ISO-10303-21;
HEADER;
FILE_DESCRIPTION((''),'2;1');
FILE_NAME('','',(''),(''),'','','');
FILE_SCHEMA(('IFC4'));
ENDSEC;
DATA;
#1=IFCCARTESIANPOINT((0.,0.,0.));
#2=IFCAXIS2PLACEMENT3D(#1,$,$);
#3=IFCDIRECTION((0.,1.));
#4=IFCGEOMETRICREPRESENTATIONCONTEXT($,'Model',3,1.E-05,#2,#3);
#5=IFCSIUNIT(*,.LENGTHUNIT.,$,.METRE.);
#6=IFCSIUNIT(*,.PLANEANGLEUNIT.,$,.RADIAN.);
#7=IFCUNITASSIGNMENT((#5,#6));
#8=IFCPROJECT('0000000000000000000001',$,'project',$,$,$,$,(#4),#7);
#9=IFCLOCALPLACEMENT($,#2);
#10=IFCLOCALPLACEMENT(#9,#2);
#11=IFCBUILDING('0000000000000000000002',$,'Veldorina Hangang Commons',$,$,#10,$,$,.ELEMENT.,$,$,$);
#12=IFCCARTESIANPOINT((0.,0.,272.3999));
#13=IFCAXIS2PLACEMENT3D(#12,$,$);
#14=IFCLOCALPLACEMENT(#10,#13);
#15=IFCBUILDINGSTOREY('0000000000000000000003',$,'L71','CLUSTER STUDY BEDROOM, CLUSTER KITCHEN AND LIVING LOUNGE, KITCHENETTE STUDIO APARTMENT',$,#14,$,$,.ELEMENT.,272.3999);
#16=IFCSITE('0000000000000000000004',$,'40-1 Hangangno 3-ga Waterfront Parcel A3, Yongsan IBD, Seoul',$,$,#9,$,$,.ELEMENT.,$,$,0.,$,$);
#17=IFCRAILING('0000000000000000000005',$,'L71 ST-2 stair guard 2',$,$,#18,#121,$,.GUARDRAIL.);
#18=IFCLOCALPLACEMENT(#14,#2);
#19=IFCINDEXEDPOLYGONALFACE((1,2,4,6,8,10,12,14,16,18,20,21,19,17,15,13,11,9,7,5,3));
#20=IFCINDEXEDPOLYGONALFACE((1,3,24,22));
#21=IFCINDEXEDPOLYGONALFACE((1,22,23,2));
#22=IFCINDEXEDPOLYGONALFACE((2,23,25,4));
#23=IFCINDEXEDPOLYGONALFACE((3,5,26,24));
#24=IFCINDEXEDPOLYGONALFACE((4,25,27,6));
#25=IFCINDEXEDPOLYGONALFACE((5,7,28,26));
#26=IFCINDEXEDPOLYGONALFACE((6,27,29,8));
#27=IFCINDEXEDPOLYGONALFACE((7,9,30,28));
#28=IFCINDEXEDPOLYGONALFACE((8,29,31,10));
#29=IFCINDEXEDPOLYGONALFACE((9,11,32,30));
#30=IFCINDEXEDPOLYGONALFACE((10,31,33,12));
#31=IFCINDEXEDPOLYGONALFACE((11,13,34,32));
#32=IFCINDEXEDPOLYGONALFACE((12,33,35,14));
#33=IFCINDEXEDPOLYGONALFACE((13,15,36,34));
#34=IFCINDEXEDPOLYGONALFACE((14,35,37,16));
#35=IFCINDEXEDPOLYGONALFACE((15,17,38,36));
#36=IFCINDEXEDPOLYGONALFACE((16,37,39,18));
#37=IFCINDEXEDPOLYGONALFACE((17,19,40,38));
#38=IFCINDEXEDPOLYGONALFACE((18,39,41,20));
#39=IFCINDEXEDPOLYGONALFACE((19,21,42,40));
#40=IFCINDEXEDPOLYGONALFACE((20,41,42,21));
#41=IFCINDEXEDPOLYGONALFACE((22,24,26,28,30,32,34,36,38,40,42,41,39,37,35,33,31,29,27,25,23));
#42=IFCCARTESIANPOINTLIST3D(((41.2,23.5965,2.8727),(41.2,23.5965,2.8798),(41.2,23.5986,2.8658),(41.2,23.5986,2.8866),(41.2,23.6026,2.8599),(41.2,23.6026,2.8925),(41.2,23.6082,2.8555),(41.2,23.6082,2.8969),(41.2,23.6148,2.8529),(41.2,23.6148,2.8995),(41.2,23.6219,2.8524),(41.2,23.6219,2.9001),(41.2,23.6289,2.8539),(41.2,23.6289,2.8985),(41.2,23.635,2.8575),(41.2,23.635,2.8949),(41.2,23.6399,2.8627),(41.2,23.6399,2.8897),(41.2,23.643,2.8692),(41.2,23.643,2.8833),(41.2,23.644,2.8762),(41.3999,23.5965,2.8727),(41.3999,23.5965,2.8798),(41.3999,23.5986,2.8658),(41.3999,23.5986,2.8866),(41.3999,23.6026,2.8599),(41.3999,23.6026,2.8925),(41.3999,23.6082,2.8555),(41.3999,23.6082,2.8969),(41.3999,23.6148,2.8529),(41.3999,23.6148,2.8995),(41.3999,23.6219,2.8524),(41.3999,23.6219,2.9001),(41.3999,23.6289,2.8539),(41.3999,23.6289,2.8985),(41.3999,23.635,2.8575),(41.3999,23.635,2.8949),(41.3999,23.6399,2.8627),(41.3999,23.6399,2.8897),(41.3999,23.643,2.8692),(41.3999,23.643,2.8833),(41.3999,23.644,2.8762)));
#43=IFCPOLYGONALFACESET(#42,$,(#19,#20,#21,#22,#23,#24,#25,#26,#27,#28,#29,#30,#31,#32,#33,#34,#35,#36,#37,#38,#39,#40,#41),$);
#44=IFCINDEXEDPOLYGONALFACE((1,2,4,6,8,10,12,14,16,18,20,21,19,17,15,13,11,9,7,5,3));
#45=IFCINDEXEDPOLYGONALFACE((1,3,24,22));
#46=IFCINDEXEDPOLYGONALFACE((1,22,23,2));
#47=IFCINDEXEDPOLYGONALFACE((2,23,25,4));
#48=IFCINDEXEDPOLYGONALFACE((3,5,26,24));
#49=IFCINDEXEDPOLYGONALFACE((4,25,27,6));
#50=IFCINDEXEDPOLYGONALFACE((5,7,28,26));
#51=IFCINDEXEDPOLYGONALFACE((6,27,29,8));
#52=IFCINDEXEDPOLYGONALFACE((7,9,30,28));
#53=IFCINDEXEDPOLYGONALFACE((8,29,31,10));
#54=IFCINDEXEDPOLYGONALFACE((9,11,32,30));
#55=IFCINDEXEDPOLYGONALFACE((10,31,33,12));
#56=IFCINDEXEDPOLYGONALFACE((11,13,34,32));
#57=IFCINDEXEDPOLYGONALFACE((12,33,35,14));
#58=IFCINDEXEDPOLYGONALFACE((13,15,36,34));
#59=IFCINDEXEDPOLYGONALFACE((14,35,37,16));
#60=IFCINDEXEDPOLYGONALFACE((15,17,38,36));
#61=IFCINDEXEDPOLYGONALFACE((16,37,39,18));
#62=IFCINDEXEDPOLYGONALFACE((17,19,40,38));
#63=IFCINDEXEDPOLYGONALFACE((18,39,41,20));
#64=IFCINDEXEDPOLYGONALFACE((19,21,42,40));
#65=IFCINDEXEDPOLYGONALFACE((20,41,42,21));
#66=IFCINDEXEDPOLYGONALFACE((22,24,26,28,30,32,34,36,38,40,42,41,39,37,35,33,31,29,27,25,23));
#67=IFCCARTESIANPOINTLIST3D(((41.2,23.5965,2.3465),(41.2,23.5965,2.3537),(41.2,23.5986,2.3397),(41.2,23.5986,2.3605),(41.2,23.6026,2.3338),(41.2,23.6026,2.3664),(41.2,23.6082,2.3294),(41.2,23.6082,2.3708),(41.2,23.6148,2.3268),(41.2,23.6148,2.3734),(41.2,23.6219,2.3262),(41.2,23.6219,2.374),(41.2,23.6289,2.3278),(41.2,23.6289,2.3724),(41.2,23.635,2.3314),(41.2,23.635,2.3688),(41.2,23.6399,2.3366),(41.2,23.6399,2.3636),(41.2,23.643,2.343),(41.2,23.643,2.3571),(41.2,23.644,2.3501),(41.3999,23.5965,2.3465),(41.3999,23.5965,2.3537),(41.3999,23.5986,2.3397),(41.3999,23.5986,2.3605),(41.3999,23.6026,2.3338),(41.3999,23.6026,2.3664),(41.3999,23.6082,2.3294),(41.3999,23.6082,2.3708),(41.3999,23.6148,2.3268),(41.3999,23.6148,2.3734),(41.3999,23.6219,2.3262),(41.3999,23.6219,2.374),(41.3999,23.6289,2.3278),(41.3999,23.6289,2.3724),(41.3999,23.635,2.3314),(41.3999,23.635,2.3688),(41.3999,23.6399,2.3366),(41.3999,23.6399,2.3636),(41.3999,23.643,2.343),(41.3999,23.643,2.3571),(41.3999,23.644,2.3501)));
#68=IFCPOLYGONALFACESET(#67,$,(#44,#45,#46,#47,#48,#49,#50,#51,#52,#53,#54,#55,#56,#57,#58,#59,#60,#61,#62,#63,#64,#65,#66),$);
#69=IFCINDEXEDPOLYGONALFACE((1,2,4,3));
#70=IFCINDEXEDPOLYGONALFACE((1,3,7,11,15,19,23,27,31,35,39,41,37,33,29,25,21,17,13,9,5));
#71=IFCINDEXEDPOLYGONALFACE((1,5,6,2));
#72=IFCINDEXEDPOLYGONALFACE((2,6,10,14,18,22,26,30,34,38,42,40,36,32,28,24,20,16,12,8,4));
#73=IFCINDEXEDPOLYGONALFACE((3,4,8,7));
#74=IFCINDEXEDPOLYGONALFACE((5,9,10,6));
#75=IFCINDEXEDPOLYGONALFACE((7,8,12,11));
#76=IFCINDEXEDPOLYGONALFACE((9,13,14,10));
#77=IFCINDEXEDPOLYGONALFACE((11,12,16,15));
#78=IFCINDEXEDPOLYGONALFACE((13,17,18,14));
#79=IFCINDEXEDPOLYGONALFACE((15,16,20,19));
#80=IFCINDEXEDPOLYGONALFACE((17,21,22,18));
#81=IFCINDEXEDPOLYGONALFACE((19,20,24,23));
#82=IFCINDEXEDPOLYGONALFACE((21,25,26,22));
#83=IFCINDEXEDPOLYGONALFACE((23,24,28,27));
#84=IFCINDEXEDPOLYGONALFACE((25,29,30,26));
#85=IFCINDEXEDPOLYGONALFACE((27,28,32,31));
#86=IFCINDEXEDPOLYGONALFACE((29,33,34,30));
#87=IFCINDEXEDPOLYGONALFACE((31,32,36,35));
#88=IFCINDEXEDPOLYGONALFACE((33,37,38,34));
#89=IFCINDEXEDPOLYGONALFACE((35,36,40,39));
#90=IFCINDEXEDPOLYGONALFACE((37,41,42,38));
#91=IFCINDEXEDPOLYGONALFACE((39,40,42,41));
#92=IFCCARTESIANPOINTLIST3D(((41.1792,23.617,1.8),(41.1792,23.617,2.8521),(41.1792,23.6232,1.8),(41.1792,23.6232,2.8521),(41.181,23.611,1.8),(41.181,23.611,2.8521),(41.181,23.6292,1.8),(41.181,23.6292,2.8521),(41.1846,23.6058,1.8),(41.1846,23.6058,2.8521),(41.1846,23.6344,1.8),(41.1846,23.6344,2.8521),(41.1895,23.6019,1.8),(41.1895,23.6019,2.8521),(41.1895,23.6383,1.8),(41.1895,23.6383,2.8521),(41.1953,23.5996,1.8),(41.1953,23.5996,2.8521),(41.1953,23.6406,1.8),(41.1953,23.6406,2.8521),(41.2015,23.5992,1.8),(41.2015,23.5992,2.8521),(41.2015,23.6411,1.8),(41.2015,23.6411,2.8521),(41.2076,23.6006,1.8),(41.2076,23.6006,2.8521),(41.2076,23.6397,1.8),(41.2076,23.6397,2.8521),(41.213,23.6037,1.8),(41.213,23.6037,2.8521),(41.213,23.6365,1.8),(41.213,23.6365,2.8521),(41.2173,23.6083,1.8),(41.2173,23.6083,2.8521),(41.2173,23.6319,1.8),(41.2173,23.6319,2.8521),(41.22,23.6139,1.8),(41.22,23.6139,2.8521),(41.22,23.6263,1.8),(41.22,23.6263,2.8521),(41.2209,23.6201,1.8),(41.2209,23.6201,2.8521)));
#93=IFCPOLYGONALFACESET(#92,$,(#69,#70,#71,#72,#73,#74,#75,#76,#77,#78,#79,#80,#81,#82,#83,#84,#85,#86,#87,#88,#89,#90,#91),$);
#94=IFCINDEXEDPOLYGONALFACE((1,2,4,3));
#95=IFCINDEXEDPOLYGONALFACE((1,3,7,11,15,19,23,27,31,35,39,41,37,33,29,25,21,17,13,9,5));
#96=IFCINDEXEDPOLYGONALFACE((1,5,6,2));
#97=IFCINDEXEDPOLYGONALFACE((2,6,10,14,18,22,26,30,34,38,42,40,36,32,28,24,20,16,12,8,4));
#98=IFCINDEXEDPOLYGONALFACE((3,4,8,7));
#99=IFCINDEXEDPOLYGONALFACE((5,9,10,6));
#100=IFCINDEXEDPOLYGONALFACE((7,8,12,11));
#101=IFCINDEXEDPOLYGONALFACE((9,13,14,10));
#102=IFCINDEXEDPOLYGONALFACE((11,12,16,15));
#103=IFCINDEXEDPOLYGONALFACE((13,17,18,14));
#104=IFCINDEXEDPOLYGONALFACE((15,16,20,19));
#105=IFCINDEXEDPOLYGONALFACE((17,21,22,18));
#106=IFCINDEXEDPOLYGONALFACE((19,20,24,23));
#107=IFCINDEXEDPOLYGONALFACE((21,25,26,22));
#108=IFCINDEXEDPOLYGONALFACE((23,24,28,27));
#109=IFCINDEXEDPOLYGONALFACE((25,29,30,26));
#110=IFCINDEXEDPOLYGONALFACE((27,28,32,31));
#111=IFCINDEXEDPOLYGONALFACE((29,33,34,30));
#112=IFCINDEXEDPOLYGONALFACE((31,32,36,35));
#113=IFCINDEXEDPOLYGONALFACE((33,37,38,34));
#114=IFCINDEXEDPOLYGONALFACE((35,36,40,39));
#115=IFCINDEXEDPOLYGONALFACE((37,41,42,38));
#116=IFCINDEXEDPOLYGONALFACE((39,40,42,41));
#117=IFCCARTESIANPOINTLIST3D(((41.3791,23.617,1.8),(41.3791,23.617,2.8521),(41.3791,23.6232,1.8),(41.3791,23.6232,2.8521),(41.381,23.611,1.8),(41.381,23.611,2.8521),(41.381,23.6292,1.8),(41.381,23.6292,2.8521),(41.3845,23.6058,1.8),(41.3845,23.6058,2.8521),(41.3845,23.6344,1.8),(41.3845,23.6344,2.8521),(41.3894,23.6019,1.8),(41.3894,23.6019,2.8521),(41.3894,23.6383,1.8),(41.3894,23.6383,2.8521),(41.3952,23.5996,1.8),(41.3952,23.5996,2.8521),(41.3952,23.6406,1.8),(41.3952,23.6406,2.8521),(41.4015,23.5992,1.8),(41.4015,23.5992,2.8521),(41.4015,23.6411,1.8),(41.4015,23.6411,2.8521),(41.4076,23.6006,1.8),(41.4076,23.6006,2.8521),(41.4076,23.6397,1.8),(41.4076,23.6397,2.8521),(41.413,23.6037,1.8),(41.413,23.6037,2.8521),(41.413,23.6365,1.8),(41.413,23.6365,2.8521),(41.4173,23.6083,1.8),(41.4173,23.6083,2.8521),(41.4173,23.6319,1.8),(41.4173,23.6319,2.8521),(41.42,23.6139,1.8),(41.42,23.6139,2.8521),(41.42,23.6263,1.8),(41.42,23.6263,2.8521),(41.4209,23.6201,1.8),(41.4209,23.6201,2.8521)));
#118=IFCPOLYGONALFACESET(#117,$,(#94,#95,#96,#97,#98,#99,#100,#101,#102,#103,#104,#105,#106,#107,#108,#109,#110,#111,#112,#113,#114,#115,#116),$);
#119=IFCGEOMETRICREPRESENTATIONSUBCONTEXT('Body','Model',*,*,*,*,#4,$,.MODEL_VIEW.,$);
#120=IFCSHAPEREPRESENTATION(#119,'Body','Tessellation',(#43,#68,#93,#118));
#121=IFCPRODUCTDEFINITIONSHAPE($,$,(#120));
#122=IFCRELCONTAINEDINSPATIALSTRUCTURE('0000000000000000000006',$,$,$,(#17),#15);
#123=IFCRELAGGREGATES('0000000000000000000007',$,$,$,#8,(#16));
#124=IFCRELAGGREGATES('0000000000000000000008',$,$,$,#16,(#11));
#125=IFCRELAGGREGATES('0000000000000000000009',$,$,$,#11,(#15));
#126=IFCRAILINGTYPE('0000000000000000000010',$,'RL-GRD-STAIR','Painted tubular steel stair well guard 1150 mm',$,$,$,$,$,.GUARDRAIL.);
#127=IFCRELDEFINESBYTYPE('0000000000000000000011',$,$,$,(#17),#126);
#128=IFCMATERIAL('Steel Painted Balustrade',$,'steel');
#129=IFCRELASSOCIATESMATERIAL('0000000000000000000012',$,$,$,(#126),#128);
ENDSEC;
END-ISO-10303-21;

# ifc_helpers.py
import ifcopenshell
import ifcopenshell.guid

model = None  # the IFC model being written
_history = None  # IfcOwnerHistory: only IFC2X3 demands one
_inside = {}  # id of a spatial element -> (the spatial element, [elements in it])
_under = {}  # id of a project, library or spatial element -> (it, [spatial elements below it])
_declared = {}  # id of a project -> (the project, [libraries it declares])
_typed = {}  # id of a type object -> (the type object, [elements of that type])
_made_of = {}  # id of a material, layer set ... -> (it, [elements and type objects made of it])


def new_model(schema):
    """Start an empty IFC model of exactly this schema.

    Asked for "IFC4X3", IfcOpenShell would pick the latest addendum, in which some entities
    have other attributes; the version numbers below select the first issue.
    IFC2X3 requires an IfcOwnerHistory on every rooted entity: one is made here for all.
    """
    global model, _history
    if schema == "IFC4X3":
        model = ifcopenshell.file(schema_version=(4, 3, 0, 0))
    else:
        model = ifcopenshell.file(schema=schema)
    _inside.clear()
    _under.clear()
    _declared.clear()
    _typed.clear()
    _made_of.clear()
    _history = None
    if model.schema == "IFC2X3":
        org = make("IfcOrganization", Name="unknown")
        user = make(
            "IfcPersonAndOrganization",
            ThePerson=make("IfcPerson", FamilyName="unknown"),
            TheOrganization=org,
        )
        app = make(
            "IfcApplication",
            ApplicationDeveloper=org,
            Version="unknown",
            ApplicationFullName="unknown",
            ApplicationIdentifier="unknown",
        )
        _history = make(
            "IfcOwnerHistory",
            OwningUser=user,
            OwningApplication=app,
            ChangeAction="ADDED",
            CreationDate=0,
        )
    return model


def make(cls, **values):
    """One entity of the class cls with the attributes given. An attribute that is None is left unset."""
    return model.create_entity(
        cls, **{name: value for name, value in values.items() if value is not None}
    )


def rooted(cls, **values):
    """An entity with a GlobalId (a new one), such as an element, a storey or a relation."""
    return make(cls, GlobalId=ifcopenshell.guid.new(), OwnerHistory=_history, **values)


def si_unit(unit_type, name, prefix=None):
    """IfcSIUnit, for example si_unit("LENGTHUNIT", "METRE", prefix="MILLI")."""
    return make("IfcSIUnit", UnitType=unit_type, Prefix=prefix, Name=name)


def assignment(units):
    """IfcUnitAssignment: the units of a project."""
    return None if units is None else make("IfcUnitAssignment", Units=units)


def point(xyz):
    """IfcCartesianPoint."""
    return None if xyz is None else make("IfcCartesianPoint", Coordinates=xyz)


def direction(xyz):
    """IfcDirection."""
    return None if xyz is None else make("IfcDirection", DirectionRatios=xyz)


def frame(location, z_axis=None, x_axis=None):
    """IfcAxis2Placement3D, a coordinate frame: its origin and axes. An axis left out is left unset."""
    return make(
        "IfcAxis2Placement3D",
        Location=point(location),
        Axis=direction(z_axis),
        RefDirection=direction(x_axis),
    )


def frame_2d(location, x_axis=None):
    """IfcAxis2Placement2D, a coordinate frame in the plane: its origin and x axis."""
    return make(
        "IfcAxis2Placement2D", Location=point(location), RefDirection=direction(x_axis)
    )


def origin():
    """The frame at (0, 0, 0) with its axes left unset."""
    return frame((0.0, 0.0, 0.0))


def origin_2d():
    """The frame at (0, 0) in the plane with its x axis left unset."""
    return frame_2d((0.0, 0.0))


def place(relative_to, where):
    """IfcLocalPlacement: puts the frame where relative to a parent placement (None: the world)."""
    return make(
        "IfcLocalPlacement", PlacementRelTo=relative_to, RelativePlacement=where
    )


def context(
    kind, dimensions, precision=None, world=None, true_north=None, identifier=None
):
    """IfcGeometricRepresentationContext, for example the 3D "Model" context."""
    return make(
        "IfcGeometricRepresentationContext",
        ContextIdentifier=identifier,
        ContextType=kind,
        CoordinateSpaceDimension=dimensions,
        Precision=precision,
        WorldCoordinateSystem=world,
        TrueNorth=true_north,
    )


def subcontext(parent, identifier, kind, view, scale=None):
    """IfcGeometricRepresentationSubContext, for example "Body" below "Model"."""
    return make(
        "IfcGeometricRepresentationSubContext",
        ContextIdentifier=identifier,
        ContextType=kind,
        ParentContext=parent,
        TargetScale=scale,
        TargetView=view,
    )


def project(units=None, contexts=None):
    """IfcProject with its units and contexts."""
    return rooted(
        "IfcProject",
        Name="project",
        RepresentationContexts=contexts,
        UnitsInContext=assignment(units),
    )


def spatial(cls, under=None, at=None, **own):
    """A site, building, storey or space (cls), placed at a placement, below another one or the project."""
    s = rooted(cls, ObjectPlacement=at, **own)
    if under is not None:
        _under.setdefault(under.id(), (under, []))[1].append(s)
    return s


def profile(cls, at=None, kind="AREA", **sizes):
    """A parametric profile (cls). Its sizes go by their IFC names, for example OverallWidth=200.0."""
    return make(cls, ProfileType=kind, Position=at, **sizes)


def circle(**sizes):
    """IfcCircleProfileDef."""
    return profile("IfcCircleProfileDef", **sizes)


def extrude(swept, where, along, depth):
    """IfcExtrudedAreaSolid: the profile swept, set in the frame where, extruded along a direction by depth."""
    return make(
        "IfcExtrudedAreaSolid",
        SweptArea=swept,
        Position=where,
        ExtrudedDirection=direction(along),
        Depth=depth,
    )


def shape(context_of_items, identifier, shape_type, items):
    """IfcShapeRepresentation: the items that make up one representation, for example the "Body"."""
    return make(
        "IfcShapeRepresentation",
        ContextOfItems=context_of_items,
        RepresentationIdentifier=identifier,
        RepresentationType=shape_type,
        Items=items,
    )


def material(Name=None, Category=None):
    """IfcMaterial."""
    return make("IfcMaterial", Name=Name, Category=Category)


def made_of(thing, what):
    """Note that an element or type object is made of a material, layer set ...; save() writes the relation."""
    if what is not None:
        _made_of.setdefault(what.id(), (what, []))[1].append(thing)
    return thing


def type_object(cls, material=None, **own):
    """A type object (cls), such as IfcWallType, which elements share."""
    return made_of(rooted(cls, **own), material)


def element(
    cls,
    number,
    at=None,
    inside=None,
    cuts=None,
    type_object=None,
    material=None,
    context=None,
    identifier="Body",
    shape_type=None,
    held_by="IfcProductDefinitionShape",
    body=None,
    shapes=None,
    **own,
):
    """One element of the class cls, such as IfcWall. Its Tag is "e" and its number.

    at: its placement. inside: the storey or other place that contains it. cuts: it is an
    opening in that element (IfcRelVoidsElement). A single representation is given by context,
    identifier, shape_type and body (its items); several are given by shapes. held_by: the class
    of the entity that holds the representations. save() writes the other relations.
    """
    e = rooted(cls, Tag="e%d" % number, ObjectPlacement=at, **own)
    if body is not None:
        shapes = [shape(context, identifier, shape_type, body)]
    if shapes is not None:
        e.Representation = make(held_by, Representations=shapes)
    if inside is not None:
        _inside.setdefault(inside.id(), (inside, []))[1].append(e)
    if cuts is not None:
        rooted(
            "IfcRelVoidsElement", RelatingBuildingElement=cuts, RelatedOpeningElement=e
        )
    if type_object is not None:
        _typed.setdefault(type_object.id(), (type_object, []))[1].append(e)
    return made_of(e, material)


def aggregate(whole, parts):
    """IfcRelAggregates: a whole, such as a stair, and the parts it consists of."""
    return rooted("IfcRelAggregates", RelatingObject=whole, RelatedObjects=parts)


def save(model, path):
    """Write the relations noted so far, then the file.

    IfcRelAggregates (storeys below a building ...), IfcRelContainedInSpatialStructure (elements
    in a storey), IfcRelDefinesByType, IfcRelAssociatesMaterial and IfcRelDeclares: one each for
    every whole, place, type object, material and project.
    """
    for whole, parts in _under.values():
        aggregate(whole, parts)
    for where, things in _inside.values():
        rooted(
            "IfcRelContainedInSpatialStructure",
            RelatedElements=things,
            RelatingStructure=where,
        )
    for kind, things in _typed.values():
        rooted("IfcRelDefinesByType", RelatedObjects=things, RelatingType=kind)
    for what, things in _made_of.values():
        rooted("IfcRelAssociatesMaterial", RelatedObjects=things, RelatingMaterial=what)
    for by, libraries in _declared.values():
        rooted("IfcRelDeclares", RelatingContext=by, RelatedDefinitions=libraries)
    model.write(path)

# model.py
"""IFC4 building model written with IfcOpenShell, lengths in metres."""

from ifc_helpers import new_model, si_unit, direction, frame, origin, origin_2d, place, context, subcontext, project, spatial, circle, extrude, material, type_object, element, save


model = new_model("IFC4")

# Units and contexts
model_context = context("Model", 3, precision=1e-05, world=origin(), true_north=direction((0.0, 1.0)))
body_context = subcontext(model_context, "Body", "Model", "MODEL_VIEW")
ifc_project = project(units=[si_unit("LENGTHUNIT", "METRE"), si_unit("PLANEANGLEUNIT", "RADIAN")], contexts=[model_context])

# Site, building, storey
site_placement = place(None, origin())
site = spatial("IfcSite", under=ifc_project, at=site_placement, Name="40-1 Hangangno 3-ga Waterfront Parcel A3, Yongsan IBD, Seoul", CompositionType="ELEMENT", RefElevation=0.0)
building_placement = place(site_placement, origin())
building = spatial("IfcBuilding", under=site, at=building_placement, Name="Veldorina Hangang Commons", CompositionType="ELEMENT")
storey_placement = place(building_placement, frame((0.0, 0.0, 272.3999)))
storey = spatial("IfcBuildingStorey", under=building, at=storey_placement, Name="L71", Description="CLUSTER STUDY BEDROOM, CLUSTER KITCHEN AND LIVING LOUNGE, KITCHENETTE STUDIO APARTMENT", CompositionType="ELEMENT", Elevation=272.3999)

# Railing
ifc_material_1 = material(Name="Steel Painted Balustrade", Category="steel")
railing_type_1 = type_object("IfcRailingType", Name="RL-GRD-STAIR", Description="Painted tubular steel stair well guard 1150 mm", PredefinedType="GUARDRAIL", material=ifc_material_1)
railing_1_placement = place(storey_placement, frame((41.2, 23.6201, 1.8)))
element("IfcRailing", 1, at=railing_1_placement, inside=storey, type_object=railing_type_1, Name="L71 ST-2 stair guard 2", PredefinedType="GUARDRAIL", context=body_context, shape_type="SweptSolid", body=[
    extrude(circle(Radius=0.0239, at=origin_2d()), frame((0.0, 0.0, 1.0762), z_axis=(1.0, 0.0, 0.0), x_axis=(0.0, 1.0, 0.0)), (0.0, 0.0, 1.0), 0.2),
    extrude(circle(Radius=0.0239, at=origin_2d()), frame((0.0, 0.0, 0.55), z_axis=(1.0, 0.0, 0.0), x_axis=(0.0, 1.0, 0.0)), (0.0, 0.0, 1.0), 0.2),
    extrude(circle(Radius=0.021, at=origin_2d()), origin(), (0.0, 0.0, 1.0), 1.052),
    extrude(circle(Radius=0.021, at=origin_2d()), frame((0.2, 0.0, 0.0)), (0.0, 0.0, 1.0), 1.052),
])

save(model, "model.ifc")
